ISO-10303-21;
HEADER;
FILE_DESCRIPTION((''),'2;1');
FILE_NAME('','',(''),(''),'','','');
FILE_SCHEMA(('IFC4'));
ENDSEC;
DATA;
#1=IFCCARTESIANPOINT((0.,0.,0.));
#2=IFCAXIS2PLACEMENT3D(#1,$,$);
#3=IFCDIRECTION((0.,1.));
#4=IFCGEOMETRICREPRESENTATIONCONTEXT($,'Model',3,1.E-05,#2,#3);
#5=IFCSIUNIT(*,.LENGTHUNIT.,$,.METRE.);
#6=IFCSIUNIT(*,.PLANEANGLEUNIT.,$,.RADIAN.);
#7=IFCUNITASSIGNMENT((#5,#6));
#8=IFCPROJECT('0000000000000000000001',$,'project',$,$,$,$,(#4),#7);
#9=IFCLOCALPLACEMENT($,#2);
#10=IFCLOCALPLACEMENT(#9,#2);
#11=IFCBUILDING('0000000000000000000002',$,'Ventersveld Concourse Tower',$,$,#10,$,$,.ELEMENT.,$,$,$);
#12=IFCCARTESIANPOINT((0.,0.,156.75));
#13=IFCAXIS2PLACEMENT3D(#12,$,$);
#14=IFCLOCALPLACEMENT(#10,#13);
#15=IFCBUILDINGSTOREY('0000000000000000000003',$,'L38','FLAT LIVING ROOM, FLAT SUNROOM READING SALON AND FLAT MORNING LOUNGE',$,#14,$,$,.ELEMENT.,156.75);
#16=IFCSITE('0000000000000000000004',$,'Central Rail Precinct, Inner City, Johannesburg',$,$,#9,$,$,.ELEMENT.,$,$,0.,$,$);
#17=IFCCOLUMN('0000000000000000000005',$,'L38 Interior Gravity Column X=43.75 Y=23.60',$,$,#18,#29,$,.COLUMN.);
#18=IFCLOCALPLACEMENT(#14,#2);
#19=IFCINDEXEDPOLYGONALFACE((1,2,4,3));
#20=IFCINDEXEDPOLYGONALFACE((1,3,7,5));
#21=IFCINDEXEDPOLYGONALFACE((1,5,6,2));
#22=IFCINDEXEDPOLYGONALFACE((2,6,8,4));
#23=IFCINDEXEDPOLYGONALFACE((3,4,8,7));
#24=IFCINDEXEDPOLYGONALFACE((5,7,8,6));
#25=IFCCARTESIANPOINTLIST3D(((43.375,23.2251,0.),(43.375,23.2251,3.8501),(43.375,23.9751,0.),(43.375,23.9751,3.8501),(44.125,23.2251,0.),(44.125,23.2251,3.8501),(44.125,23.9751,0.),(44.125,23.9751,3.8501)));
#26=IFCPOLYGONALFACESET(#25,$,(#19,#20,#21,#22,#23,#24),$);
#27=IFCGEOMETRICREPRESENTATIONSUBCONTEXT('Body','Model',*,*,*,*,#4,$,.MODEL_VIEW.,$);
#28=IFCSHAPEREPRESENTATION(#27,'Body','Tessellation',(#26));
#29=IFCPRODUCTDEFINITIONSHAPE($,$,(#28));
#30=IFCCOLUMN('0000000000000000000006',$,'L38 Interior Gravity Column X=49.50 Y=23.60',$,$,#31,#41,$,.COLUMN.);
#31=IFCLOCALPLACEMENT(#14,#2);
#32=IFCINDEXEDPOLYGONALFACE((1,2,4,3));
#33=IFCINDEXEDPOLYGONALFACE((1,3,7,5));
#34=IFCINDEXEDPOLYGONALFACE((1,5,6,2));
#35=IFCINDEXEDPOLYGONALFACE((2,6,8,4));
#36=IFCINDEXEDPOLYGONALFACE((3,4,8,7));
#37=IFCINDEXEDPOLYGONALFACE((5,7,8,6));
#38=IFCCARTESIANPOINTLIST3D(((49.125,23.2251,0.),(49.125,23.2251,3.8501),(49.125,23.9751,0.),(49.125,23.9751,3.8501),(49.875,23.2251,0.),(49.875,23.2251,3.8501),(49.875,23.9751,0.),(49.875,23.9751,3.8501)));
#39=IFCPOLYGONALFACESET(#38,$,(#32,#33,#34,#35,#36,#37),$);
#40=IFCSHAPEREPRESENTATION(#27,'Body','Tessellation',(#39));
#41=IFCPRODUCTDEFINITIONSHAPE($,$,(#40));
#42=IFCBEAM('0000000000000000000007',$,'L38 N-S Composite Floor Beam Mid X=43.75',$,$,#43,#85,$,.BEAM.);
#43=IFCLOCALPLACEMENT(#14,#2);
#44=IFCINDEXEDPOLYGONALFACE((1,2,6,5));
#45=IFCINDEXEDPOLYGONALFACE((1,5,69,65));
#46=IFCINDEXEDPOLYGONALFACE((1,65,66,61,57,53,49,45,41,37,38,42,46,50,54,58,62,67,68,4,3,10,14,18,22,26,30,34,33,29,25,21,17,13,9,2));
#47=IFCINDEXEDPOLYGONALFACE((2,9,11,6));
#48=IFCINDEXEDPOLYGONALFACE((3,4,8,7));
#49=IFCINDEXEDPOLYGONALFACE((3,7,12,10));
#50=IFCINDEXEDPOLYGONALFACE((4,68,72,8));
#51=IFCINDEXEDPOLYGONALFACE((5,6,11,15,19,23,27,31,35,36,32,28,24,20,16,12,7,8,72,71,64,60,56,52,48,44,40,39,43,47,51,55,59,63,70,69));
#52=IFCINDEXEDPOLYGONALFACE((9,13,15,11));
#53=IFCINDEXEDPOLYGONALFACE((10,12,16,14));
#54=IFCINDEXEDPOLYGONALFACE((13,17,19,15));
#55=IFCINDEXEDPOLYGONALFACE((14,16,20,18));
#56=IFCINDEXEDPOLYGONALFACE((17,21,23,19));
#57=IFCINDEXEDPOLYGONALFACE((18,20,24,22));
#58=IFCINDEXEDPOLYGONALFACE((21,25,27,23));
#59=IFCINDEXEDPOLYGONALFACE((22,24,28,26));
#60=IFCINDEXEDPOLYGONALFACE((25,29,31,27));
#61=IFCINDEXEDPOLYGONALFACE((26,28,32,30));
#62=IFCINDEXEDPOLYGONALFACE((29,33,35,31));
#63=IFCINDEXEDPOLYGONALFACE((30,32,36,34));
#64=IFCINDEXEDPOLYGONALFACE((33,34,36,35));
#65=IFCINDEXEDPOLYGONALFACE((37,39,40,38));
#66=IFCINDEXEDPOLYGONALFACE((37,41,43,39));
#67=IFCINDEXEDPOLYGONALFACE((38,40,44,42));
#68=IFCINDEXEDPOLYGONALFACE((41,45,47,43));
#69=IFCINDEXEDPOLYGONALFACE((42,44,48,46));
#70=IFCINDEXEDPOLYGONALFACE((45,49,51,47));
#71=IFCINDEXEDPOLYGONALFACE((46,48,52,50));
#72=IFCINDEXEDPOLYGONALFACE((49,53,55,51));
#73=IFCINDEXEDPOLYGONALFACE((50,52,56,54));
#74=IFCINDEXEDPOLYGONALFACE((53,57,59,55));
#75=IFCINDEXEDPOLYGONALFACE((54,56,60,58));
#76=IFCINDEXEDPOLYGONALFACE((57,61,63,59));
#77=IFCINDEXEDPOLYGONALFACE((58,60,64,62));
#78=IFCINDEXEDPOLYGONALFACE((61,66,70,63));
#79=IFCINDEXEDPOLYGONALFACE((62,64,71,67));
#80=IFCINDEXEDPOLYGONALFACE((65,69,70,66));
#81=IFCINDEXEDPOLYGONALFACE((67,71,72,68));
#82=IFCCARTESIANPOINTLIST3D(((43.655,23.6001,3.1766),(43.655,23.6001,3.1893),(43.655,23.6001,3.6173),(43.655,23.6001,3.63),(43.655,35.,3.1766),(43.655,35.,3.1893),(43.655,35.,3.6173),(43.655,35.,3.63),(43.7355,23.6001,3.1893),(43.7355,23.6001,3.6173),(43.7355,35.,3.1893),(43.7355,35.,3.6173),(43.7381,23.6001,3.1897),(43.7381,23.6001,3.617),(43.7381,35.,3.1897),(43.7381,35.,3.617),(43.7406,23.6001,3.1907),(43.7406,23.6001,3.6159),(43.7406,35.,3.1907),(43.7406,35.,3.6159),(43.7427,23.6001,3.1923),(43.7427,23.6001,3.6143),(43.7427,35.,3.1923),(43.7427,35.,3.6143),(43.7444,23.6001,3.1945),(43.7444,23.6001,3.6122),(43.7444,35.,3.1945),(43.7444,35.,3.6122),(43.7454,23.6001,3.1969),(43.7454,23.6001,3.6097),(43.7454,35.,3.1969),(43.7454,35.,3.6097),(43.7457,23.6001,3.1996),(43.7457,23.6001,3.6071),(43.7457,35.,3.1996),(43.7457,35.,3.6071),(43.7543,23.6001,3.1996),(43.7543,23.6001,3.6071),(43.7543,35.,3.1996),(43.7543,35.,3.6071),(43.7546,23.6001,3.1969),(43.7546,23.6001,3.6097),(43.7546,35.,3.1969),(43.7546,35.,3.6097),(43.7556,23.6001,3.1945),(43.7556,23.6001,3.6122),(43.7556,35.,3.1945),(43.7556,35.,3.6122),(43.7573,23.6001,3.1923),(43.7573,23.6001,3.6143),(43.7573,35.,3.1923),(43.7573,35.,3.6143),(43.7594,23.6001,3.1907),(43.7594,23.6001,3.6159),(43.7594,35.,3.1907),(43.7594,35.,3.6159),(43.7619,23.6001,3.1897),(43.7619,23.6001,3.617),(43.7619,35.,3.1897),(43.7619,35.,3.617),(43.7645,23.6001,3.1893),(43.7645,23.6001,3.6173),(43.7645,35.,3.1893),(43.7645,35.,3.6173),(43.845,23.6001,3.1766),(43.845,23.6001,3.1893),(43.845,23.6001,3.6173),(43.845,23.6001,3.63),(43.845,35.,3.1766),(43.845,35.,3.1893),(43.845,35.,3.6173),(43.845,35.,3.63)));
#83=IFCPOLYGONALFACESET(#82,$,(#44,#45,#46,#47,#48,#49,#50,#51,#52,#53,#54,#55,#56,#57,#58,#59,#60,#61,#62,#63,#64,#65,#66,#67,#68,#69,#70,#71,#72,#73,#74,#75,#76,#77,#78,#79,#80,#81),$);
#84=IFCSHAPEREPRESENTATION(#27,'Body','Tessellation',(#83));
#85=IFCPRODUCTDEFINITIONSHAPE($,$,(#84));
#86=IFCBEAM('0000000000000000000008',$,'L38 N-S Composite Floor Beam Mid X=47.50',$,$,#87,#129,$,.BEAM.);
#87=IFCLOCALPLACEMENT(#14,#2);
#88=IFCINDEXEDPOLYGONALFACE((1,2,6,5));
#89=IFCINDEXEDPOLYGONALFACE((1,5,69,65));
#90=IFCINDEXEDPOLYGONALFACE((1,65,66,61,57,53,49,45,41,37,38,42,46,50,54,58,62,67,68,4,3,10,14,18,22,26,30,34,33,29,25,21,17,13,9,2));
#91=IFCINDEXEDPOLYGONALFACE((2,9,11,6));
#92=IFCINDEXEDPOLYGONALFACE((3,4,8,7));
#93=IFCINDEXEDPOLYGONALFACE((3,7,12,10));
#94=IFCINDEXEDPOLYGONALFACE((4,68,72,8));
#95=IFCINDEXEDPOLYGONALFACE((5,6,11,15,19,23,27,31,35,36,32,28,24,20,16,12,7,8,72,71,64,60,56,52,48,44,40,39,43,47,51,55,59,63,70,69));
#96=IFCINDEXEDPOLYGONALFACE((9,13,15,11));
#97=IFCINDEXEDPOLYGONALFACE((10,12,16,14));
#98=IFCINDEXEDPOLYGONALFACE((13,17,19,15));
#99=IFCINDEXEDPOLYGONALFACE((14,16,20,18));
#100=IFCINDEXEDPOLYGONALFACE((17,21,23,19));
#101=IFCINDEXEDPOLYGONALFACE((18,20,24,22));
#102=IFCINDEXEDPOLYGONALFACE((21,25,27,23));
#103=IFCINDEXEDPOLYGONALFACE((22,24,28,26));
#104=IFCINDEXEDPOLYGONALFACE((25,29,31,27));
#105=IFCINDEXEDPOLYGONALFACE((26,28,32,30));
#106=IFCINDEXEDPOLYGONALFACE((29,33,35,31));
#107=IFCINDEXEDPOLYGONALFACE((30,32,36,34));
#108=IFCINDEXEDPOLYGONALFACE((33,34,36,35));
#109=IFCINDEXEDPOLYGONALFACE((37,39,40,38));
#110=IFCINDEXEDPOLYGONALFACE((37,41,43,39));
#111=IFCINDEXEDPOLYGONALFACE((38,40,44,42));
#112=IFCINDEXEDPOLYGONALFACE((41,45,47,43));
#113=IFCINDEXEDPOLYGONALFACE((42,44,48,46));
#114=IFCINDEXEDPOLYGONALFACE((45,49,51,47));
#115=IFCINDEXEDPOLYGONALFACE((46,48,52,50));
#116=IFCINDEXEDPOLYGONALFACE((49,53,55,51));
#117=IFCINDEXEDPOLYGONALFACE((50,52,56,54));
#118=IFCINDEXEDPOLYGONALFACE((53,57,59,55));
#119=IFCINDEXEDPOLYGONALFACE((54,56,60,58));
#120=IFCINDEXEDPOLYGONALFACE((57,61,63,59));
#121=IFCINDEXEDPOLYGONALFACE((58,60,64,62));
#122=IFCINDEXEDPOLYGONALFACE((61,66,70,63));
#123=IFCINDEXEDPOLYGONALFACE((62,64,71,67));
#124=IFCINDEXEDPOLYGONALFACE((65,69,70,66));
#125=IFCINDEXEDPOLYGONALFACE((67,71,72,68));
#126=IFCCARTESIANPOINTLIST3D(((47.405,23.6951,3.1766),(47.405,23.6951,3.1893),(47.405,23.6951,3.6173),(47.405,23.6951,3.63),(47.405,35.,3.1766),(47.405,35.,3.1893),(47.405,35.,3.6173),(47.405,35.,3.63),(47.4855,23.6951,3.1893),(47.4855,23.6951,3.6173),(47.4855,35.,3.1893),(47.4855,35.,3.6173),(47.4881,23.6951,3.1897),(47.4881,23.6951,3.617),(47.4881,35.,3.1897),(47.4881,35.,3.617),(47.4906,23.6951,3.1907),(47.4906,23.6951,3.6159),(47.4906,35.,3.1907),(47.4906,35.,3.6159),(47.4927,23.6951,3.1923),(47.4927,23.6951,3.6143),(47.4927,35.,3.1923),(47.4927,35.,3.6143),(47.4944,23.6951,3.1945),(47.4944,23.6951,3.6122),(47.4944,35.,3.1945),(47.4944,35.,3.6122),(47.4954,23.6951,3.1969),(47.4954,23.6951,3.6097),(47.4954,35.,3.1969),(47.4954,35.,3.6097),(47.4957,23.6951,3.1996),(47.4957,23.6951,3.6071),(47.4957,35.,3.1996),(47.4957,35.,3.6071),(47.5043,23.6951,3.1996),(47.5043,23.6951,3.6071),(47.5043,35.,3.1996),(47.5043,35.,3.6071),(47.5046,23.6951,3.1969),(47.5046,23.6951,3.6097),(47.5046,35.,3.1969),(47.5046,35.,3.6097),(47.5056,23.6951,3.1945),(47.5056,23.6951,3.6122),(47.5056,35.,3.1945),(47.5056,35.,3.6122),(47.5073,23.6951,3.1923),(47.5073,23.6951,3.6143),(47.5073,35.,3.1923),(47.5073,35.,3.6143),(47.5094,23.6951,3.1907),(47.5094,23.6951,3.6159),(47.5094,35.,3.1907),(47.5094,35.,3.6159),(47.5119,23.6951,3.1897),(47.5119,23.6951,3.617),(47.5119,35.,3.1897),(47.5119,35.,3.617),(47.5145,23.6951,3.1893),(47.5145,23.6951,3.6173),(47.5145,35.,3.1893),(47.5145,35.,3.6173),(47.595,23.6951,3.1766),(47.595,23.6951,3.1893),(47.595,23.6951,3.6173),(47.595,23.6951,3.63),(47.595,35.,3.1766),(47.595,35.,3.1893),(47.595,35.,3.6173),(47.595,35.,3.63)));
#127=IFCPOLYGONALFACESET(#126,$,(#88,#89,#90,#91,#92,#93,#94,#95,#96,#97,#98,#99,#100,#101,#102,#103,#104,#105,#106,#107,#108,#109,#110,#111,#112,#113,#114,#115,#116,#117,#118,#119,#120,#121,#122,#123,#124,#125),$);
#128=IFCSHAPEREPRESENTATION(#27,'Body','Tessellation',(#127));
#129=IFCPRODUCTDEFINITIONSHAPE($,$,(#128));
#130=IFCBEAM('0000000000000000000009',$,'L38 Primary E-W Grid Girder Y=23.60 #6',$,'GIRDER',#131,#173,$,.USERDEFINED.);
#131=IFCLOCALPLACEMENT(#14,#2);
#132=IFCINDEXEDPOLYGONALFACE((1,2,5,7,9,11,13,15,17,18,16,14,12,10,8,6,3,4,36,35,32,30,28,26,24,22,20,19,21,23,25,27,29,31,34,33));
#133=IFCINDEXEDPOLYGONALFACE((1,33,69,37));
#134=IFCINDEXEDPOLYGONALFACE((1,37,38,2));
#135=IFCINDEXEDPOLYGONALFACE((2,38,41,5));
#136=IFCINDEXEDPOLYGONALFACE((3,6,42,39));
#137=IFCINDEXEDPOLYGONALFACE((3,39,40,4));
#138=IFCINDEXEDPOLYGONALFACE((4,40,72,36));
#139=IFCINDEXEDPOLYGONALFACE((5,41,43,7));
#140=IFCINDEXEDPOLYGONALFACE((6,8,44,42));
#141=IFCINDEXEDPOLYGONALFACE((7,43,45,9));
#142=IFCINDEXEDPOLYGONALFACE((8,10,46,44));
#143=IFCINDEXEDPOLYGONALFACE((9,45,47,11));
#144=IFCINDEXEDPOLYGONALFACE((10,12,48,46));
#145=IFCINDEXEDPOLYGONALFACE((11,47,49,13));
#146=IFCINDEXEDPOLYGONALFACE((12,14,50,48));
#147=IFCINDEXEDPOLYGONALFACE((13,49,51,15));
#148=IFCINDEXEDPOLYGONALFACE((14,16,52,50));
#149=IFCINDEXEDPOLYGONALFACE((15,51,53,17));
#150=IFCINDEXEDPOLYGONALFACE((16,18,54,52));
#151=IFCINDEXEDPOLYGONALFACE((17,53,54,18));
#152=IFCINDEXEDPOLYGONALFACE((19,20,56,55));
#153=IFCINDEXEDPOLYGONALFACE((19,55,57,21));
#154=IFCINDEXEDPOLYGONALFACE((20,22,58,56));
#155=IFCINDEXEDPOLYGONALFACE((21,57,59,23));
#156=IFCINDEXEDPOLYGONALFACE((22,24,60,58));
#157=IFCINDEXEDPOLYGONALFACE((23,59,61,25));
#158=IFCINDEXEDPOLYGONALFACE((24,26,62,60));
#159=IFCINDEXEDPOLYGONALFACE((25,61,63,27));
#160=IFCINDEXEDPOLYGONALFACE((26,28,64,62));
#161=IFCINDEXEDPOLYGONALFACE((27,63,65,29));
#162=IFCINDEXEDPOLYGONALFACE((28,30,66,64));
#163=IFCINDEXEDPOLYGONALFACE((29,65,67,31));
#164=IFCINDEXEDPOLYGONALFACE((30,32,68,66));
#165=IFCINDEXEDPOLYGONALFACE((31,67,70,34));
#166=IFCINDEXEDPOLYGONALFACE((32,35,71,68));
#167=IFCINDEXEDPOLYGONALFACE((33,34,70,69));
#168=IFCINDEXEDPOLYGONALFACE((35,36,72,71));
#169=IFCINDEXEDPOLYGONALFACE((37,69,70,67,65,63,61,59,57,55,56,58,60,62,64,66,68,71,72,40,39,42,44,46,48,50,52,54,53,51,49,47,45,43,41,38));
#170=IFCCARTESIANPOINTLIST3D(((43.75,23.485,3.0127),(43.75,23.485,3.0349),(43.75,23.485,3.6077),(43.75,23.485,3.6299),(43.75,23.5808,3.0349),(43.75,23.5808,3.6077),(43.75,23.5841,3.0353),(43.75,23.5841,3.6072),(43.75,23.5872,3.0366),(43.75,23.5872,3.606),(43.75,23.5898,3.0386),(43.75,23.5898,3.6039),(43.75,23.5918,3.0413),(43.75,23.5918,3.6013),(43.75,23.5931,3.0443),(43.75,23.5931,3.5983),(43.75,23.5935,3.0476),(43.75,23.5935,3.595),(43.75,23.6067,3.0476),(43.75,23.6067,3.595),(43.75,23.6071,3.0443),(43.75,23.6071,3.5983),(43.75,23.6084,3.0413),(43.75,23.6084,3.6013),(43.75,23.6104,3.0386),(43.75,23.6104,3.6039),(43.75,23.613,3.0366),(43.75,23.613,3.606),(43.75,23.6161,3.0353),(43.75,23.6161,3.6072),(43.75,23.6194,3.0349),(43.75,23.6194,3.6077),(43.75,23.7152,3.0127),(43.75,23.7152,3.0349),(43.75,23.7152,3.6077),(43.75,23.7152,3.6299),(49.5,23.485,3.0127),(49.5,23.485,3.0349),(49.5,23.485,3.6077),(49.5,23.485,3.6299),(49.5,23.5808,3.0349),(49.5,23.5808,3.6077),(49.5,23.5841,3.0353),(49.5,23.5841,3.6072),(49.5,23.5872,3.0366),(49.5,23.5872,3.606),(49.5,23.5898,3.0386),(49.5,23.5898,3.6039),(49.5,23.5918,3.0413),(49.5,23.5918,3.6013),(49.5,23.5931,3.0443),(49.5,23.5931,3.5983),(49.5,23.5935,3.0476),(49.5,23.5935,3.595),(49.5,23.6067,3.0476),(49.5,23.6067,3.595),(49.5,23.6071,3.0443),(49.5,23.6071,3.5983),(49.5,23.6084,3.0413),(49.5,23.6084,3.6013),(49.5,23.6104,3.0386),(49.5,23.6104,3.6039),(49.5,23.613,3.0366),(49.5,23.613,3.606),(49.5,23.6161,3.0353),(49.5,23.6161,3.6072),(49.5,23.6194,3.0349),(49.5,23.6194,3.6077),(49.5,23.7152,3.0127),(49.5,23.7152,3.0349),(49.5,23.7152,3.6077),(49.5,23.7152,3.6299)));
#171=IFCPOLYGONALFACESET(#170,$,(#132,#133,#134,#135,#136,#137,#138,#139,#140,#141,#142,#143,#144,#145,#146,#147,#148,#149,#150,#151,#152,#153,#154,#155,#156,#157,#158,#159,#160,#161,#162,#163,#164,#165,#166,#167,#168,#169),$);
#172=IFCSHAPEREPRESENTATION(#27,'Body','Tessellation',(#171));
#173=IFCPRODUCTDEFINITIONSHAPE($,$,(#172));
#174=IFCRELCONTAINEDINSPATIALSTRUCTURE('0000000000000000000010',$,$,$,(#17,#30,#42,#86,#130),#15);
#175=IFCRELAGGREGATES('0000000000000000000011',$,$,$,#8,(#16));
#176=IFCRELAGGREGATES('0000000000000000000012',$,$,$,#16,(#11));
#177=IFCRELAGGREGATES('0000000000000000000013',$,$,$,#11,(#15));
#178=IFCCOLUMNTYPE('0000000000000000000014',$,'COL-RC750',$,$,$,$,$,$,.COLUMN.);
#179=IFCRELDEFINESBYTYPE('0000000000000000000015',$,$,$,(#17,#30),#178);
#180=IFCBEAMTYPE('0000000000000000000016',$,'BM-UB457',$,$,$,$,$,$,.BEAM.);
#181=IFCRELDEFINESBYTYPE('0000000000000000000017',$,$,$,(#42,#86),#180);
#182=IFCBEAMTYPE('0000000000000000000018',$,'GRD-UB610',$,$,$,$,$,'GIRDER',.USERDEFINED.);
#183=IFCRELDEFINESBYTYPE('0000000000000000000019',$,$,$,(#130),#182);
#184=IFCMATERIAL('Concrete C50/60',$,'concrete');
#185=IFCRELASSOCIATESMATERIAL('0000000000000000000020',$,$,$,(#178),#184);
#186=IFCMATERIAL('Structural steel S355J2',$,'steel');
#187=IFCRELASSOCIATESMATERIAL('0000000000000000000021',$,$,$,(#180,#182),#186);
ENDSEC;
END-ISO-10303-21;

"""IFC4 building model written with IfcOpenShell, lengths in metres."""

from ifc_helpers import new_model, si_unit, direction, frame, origin, origin_2d, place, context, subcontext, project, spatial, rectangle, i_section, extrude, material, material_profile, profile_set, type_object, element, save


model = new_model("IFC4")

# Units and contexts
model_context = context("Model", 3, precision=1e-05, world=origin(), true_north=direction((0.0, 1.0)))
body_context = subcontext(model_context, "Body", "Model", "MODEL_VIEW")
ifc_project = project(units=[si_unit("LENGTHUNIT", "METRE"), si_unit("PLANEANGLEUNIT", "RADIAN")], contexts=[model_context])

# Site, building, storey
site_placement = place(None, origin())
site = spatial("IfcSite", under=ifc_project, at=site_placement, Name="Central Rail Precinct, Inner City, Johannesburg", CompositionType="ELEMENT", RefElevation=0.0)
building_placement = place(site_placement, origin())
building = spatial("IfcBuilding", under=site, at=building_placement, Name="Ventersveld Concourse Tower", CompositionType="ELEMENT")
storey_placement = place(building_placement, frame((0.0, 0.0, 156.75)))
storey = spatial("IfcBuildingStorey", under=building, at=storey_placement, Name="L38", Description="FLAT LIVING ROOM, FLAT SUNROOM READING SALON AND FLAT MORNING LOUNGE", CompositionType="ELEMENT", Elevation=156.75)

# Columns
ifc_material_1 = material(Name="Concrete C50/60", Category="concrete")
ifc_material_profile_1 = material_profile(ifc_material_1, rectangle(XDim=0.75, YDim=0.75, at=origin_2d()), Name="RC 750x750")
ifc_profile_set_1 = profile_set([ifc_material_profile_1], Name="Concrete C50/60")
column_type = type_object("IfcColumnType", Name="COL-RC750", PredefinedType="COLUMN", material=ifc_profile_set_1)
for number, where, z_axis, x_axis, name in (
    (1, (43.75, 23.6001, 0.0), (0.0, 0.0, 1.0), (1.0, 0.0, 0.0), "L38 Interior Gravity Column X=43.75 Y=23.60"),
    (2, (49.5, 23.6001, 0.0), (0.0, 0.0, 1.0), (1.0, 0.0, 0.0), "L38 Interior Gravity Column X=49.50 Y=23.60"),
):
    element("IfcColumn", number, at=place(storey_placement, frame(where, z_axis=z_axis, x_axis=x_axis)), inside=storey, type_object=column_type, Name=name, PredefinedType="COLUMN", context=body_context, shape_type="SweptSolid", body=[
        extrude(rectangle(XDim=0.75, YDim=0.75, at=origin_2d()), origin(), (0.0, 0.0, 1.0), 3.8501),
    ])

# Beams
ifc_material_2 = material(Name="Structural steel S355J2", Category="steel")
ifc_material_profile_2 = material_profile(ifc_material_2, i_section(OverallWidth=0.1899, OverallDepth=0.4534, WebThickness=0.0085, FlangeThickness=0.0127, FilletRadius=0.0103, at=origin_2d()), Name="UB 457x191x67")
ifc_profile_set_2 = profile_set([ifc_material_profile_2], Name="Structural steel S355J2")
beam_type_1 = type_object("IfcBeamType", Name="BM-UB457", PredefinedType="BEAM", material=ifc_profile_set_2)
beam_1_placement = place(storey_placement, frame((43.75, 23.6001, 3.4033), z_axis=(0.0, 1.0, 0.0), x_axis=(-1.0, 0.0, 0.0)))
element("IfcBeam", 3, at=beam_1_placement, inside=storey, type_object=beam_type_1, Name="L38 N-S Composite Floor Beam Mid X=43.75", PredefinedType="BEAM", context=body_context, shape_type="SweptSolid", body=[
    extrude(i_section(OverallWidth=0.1899, OverallDepth=0.4534, WebThickness=0.0085, FlangeThickness=0.0127, FilletRadius=0.0103, at=origin_2d()), origin(), (0.0, 0.0, 1.0), 11.3999),
])
beam_2_placement = place(storey_placement, frame((47.5, 23.6951, 3.4033), z_axis=(0.0, 1.0, 0.0), x_axis=(-1.0, 0.0, 0.0)))
element("IfcBeam", 4, at=beam_2_placement, inside=storey, type_object=beam_type_1, Name="L38 N-S Composite Floor Beam Mid X=47.50", PredefinedType="BEAM", context=body_context, shape_type="SweptSolid", body=[
    extrude(i_section(OverallWidth=0.1899, OverallDepth=0.4534, WebThickness=0.0085, FlangeThickness=0.0127, FilletRadius=0.0103, at=origin_2d()), origin(), (0.0, 0.0, 1.0), 11.3049),
])
ifc_material_profile_3 = material_profile(ifc_material_2, i_section(OverallWidth=0.2302, OverallDepth=0.6172, WebThickness=0.0132, FlangeThickness=0.0222, FilletRadius=0.0127, at=origin_2d()), Name="UB 610x229x140")
ifc_profile_set_3 = profile_set([ifc_material_profile_3], Name="Structural steel S355J2")
beam_type_2 = type_object("IfcBeamType", Name="GRD-UB610", ElementType="GIRDER", PredefinedType="USERDEFINED", material=ifc_profile_set_3)
beam_3_placement = place(storey_placement, frame((43.75, 23.6001, 3.3213), z_axis=(1.0, 0.0, 0.0), x_axis=(0.0, 1.0, 0.0)))
element("IfcBeam", 5, at=beam_3_placement, inside=storey, type_object=beam_type_2, Name="L38 Primary E-W Grid Girder Y=23.60 #6", ObjectType="GIRDER", PredefinedType="USERDEFINED", context=body_context, shape_type="SweptSolid", body=[
    extrude(i_section(OverallWidth=0.2302, OverallDepth=0.6172, WebThickness=0.0132, FlangeThickness=0.0222, FilletRadius=0.0127, at=origin_2d()), origin(), (0.0, 0.0, 1.0), 5.75),
])

save(model, "model.ifc")
